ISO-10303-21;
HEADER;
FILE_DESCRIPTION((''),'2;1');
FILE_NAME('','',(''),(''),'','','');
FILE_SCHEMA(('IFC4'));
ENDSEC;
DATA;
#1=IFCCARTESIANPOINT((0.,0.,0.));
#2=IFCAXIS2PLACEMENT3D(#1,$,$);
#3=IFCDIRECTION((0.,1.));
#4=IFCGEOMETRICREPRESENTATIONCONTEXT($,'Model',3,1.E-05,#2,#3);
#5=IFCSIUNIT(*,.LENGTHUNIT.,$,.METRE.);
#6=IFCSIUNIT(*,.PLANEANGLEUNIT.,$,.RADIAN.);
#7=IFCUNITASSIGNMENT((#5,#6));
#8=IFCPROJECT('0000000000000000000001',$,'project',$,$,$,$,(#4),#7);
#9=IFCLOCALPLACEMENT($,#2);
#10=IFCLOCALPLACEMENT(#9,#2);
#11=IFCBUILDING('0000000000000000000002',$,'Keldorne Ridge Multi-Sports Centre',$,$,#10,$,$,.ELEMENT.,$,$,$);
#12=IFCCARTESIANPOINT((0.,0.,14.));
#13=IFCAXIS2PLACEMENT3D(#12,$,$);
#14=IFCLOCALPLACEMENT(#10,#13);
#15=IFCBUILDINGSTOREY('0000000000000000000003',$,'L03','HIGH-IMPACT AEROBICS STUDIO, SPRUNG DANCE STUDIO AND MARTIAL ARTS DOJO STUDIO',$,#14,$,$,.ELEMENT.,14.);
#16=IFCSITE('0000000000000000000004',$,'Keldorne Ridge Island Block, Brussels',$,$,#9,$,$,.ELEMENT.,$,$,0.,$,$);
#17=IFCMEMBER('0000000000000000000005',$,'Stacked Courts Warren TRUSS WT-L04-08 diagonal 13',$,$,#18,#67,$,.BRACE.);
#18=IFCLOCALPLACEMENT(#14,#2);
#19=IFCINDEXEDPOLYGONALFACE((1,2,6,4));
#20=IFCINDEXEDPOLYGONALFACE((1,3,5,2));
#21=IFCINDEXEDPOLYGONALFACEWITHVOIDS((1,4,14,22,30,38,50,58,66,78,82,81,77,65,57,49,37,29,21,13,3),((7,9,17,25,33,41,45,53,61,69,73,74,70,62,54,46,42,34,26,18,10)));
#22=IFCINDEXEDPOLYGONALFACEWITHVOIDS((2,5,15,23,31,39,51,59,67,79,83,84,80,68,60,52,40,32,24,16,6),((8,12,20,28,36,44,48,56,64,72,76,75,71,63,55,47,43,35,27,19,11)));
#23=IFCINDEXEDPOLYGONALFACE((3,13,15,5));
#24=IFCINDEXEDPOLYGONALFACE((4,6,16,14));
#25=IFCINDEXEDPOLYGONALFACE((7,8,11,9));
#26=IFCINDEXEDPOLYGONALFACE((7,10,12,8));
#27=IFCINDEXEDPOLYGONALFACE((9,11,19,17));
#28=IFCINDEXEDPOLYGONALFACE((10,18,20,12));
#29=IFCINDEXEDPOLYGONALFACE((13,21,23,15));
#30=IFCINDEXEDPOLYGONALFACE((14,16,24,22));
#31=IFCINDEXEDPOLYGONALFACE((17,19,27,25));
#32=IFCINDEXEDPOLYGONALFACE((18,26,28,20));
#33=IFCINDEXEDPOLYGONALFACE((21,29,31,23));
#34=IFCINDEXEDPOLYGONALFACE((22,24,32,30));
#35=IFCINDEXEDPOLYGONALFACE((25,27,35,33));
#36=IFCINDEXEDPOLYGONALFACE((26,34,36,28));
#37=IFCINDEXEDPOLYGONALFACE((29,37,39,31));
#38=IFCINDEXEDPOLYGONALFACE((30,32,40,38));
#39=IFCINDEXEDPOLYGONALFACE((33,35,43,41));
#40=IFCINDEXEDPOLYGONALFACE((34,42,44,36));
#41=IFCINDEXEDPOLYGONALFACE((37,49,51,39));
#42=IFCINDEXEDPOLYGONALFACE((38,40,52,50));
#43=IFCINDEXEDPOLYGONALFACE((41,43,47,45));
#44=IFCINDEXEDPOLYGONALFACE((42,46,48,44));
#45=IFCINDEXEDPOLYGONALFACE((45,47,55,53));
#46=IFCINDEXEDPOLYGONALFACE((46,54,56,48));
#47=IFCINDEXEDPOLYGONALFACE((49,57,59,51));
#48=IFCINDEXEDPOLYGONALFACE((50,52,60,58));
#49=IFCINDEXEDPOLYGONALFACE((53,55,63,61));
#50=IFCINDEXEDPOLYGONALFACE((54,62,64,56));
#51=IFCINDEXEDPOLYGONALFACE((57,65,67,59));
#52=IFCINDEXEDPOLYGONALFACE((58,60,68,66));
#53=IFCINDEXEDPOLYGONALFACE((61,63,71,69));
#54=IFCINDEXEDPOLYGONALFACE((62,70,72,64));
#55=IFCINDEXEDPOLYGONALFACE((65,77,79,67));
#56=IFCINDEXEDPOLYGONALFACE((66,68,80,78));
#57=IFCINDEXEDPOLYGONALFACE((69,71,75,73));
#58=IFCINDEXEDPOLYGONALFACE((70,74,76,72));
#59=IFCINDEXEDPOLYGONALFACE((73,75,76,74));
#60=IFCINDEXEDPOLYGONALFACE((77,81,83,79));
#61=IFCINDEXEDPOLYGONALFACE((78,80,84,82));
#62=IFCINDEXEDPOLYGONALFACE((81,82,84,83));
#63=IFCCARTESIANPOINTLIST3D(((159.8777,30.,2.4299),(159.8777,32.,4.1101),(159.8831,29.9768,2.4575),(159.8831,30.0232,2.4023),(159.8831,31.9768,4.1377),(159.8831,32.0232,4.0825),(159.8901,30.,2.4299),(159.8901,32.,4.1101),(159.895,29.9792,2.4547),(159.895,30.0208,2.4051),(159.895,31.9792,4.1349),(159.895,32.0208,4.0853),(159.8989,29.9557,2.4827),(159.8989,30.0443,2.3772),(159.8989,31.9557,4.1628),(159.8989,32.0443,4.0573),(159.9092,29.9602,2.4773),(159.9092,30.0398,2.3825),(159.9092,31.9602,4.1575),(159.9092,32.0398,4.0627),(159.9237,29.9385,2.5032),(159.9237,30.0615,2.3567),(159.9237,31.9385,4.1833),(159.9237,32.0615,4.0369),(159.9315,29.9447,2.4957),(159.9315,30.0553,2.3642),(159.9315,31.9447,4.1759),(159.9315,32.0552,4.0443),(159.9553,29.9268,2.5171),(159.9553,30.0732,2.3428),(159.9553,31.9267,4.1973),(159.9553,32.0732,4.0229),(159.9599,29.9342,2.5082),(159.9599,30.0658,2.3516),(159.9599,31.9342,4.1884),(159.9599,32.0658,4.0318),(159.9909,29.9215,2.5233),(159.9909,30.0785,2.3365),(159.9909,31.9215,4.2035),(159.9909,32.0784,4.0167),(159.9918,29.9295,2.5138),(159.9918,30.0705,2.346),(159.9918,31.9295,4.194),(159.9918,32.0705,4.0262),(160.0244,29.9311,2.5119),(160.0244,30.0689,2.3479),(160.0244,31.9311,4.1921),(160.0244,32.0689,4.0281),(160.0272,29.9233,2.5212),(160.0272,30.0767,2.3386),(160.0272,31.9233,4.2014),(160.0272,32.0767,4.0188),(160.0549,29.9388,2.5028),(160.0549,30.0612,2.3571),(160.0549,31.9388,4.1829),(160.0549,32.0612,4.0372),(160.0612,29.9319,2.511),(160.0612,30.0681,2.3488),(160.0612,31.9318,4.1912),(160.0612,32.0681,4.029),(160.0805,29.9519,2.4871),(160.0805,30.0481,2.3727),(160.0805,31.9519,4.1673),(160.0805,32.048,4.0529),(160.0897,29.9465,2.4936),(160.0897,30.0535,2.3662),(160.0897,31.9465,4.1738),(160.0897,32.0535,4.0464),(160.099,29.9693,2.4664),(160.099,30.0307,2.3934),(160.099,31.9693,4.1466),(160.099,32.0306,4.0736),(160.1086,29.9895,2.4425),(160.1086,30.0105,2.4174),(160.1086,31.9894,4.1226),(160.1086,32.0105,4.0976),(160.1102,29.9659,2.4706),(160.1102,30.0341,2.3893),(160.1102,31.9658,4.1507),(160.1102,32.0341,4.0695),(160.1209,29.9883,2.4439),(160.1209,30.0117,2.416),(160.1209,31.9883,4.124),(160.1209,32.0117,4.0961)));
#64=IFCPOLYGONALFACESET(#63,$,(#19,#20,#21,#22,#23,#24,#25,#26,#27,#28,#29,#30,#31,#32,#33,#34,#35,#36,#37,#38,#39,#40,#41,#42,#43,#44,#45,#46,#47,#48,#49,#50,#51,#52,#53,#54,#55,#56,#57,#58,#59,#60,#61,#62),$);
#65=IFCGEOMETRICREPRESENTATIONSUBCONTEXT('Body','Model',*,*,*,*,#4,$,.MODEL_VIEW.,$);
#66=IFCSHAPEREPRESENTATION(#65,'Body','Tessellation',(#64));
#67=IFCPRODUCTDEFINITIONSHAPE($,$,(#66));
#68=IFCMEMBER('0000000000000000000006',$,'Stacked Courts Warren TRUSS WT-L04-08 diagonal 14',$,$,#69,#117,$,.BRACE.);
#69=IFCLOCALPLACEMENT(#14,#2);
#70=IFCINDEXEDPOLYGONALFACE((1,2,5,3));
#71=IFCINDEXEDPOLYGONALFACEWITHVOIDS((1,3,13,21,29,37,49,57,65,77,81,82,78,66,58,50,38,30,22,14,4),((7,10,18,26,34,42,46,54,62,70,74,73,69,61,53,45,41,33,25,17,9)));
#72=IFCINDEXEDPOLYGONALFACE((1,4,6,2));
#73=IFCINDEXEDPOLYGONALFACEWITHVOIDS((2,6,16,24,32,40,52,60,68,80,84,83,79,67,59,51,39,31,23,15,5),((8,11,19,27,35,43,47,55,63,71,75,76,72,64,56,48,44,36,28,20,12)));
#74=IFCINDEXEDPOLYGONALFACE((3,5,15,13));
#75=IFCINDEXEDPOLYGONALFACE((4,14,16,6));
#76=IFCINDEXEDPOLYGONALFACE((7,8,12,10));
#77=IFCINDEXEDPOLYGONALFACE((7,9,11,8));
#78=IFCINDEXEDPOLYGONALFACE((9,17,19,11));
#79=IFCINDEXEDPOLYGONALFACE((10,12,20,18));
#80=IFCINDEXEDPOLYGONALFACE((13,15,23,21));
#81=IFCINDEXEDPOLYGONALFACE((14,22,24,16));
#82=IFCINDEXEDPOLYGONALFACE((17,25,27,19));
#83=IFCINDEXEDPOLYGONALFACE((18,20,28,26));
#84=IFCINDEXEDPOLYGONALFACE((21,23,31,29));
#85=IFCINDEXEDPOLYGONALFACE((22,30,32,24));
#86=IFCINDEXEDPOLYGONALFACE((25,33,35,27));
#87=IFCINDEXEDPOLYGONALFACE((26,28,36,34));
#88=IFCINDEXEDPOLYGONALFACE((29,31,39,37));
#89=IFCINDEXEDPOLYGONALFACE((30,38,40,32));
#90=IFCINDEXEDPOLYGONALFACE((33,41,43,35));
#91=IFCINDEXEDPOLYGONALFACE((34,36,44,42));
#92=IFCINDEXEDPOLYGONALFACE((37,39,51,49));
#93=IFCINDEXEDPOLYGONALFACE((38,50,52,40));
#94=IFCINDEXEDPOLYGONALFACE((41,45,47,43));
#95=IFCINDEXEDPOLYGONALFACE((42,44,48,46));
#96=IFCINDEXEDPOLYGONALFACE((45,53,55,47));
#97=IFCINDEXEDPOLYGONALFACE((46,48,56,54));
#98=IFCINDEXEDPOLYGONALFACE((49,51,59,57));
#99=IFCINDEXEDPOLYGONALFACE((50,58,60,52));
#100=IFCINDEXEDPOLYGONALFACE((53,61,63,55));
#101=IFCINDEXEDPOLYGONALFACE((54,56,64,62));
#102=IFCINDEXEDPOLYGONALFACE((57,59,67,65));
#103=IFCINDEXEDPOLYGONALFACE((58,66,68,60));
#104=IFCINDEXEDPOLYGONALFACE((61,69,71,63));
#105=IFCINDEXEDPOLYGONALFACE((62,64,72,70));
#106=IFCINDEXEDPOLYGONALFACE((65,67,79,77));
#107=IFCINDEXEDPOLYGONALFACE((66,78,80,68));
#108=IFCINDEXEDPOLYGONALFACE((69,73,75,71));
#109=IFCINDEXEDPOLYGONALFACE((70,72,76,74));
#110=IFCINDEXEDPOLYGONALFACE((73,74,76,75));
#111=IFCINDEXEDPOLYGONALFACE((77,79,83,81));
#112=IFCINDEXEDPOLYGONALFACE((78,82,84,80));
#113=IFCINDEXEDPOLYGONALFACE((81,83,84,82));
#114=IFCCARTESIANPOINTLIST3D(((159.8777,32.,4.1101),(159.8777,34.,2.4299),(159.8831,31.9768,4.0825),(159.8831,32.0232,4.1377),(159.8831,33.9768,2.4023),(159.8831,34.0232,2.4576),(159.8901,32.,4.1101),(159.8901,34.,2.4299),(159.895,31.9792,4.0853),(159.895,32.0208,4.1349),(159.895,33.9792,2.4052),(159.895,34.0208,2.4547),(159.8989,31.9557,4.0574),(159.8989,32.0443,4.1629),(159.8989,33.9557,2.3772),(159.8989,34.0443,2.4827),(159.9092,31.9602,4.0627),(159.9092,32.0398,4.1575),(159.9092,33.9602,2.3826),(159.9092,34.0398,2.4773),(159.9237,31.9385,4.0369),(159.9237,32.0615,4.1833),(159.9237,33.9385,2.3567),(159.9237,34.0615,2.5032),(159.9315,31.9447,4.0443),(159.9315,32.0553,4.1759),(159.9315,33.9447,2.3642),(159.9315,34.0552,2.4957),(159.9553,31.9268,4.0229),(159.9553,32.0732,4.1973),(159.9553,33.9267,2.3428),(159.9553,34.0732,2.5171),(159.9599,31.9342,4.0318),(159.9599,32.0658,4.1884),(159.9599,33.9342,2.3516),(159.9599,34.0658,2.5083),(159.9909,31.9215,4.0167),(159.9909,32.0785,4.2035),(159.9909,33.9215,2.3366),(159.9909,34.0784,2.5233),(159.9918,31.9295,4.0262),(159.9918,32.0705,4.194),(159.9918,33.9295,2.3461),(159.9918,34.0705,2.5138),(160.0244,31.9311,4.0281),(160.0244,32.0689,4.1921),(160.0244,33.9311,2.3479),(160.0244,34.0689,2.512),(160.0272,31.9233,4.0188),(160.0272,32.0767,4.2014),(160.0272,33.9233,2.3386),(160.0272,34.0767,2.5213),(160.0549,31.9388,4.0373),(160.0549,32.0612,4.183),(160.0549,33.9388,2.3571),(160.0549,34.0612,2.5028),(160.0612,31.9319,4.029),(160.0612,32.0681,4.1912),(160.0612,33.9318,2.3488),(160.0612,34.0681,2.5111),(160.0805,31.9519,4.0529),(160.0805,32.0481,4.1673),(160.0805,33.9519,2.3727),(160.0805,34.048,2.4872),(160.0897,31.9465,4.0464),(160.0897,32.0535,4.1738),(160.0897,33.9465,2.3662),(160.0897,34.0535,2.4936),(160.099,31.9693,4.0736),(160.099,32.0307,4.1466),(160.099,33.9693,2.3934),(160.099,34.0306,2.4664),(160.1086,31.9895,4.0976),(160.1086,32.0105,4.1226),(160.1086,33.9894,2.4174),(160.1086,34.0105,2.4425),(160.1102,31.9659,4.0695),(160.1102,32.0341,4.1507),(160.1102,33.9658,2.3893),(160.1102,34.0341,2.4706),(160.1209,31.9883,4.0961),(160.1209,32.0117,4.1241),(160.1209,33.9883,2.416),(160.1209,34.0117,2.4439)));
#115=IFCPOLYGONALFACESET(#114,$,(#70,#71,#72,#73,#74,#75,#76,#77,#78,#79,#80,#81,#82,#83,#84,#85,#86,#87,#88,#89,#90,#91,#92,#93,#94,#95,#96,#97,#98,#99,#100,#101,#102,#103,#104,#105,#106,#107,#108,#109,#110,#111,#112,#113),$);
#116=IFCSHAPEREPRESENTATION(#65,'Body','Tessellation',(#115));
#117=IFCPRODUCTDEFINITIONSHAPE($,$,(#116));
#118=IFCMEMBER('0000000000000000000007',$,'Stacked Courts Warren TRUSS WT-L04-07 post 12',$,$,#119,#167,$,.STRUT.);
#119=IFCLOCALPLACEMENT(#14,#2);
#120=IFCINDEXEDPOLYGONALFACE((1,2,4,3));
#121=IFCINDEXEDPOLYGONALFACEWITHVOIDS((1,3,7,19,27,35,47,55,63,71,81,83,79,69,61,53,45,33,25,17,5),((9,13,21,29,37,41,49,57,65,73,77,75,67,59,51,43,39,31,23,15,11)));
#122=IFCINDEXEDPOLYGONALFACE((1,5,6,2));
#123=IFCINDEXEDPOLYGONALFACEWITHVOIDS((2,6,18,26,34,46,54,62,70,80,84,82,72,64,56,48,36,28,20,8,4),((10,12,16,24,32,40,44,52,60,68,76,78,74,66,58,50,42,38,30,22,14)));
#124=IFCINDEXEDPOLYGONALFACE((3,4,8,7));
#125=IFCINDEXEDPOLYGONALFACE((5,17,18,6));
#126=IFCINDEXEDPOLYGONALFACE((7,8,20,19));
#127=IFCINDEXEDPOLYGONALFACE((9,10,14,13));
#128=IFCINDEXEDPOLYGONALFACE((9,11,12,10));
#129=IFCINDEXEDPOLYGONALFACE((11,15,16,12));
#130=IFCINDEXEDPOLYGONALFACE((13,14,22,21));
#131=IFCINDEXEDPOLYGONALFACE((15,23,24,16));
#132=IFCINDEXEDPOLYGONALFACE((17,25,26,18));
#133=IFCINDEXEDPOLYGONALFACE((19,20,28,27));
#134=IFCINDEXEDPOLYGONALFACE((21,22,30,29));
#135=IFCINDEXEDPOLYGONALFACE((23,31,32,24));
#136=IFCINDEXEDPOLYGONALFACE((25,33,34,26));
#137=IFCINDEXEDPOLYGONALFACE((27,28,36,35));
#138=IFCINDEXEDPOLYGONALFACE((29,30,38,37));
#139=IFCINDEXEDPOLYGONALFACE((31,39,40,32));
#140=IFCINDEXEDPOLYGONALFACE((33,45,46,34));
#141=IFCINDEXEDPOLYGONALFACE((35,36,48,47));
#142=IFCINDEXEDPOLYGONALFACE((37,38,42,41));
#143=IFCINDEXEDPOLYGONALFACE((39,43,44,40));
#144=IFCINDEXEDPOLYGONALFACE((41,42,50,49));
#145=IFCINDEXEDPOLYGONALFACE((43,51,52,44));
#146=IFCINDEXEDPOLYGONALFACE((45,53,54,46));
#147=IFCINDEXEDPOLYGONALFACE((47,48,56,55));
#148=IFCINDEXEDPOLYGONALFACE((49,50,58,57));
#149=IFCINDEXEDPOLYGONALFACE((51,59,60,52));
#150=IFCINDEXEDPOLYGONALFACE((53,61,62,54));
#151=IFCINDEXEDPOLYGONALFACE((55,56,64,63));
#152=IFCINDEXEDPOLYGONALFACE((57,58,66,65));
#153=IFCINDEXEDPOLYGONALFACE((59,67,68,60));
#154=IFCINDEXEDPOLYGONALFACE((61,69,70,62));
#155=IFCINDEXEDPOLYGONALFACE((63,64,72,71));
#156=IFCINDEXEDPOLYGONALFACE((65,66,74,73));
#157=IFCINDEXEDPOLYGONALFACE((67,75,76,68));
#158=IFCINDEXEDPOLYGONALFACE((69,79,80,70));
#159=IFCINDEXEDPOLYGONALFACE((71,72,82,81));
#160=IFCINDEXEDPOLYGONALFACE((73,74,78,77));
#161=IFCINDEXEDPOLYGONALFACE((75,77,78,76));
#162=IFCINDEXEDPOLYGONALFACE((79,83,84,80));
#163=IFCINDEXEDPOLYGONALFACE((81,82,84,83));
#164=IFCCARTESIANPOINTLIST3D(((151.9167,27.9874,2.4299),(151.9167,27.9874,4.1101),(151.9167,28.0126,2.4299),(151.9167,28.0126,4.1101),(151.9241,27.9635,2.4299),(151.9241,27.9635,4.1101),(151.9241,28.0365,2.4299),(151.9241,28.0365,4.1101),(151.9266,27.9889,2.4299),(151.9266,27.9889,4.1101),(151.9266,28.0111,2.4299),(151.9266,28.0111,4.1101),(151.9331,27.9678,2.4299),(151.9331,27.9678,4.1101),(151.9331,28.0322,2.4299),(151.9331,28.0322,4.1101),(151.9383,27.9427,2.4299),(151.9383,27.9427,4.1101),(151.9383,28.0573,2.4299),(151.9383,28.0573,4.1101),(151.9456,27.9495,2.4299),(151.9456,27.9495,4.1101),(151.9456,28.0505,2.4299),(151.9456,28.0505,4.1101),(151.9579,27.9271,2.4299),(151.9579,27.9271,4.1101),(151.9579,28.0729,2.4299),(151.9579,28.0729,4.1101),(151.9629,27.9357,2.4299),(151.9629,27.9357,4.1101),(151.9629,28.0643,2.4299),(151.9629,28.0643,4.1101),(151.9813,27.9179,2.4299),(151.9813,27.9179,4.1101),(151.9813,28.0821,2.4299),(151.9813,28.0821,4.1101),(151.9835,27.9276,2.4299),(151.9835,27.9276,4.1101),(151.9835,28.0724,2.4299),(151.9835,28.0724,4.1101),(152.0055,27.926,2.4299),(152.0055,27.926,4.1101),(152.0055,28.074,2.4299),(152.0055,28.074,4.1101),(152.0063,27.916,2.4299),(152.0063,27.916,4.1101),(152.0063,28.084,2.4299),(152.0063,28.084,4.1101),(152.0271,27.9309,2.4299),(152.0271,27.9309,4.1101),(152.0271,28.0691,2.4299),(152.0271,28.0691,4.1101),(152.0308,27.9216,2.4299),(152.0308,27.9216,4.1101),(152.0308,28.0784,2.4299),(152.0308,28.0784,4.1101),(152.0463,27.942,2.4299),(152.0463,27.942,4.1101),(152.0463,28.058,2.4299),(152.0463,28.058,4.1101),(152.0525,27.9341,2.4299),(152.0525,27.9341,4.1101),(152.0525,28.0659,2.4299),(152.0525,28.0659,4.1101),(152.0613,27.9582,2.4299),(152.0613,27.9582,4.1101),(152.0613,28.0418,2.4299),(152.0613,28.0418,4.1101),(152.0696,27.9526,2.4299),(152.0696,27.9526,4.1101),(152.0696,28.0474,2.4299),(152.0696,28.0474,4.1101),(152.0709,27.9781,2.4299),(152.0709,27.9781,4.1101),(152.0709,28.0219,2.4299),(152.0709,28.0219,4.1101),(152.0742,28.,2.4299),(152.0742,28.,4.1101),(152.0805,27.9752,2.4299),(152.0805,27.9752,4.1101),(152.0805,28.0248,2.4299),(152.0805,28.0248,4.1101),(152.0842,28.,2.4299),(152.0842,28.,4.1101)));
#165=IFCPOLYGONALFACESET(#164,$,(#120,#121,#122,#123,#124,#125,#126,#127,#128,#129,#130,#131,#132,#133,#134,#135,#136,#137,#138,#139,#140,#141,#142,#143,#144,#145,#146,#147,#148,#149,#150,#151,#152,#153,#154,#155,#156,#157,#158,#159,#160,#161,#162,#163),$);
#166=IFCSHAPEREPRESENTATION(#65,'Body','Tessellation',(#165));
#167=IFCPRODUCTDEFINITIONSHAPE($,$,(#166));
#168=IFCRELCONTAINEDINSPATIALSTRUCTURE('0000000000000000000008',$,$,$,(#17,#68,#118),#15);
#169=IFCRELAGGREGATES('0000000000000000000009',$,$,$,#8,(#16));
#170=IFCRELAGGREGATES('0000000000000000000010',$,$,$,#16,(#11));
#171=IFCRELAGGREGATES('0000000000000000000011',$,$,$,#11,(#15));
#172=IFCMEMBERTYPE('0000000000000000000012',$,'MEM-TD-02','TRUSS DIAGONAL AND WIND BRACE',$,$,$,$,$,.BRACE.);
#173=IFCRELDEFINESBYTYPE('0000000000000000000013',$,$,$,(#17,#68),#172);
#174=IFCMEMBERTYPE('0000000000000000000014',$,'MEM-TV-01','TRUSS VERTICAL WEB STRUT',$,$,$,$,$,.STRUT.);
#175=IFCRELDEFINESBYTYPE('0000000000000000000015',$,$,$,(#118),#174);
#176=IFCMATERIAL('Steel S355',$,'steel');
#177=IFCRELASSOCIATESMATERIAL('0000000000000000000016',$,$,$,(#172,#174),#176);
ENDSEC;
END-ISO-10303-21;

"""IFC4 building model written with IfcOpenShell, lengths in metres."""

from ifc_helpers import new_model, si_unit, direction, frame, origin, origin_2d, place, context, subcontext, project, spatial, hollow_circle, extrude, material, material_profile, profile_set, type_object, element, save


model = new_model("IFC4")

# Units and contexts
model_context = context("Model", 3, precision=1e-05, world=origin(), true_north=direction((0.0, 1.0)))
body_context = subcontext(model_context, "Body", "Model", "MODEL_VIEW")
ifc_project = project(units=[si_unit("LENGTHUNIT", "METRE"), si_unit("PLANEANGLEUNIT", "RADIAN")], contexts=[model_context])

# Site, building, storey
site_placement = place(None, origin())
site = spatial("IfcSite", under=ifc_project, at=site_placement, Name="Keldorne Ridge Island Block, Brussels", CompositionType="ELEMENT", RefElevation=0.0)
building_placement = place(site_placement, origin())
building = spatial("IfcBuilding", under=site, at=building_placement, Name="Keldorne Ridge Multi-Sports Centre", CompositionType="ELEMENT")
storey_placement = place(building_placement, frame((0.0, 0.0, 14.0)))
storey = spatial("IfcBuildingStorey", under=building, at=storey_placement, Name="L03", Description="HIGH-IMPACT AEROBICS STUDIO, SPRUNG DANCE STUDIO AND MARTIAL ARTS DOJO STUDIO", CompositionType="ELEMENT", Elevation=14.0)

# Members
ifc_material = material(Name="Steel S355", Category="steel")
ifc_material_profile_1 = material_profile(ifc_material, hollow_circle(Radius=0.1223, WallThickness=0.0125, at=origin_2d()), Name="CHS 244.5x12.5")
ifc_profile_set_1 = profile_set([ifc_material_profile_1], Name="Steel S355")
member_type_1 = type_object("IfcMemberType", Name="MEM-TD-02", Description="TRUSS DIAGONAL AND WIND BRACE", PredefinedType="BRACE", material=ifc_profile_set_1)
for number, where, z_axis, x_axis, name in (
    (1, (160.0, 30.0, 2.4299), (0.0, 0.765672, 0.643232), (-1.0, 0.0, 0.0), "Stacked Courts Warren TRUSS WT-L04-08 diagonal 13"),
    (2, (160.0, 32.0, 4.1101), (0.0, 0.765672, -0.643232), (-1.0, 0.0, 0.0), "Stacked Courts Warren TRUSS WT-L04-08 diagonal 14"),
):
    element("IfcMember", number, at=place(storey_placement, frame(where, z_axis=z_axis, x_axis=x_axis)), inside=storey, type_object=member_type_1, Name=name, PredefinedType="BRACE", context=body_context, shape_type="SweptSolid", body=[
        extrude(hollow_circle(Radius=0.1223, WallThickness=0.0125, at=origin_2d()), origin(), (0.0, 0.0, 1.0), 2.6121),
    ])
ifc_material_profile_2 = material_profile(ifc_material, hollow_circle(Radius=0.0842, WallThickness=0.01, at=origin_2d()), Name="CHS 168.3x10")
ifc_profile_set_2 = profile_set([ifc_material_profile_2], Name="Steel S355")
member_type_2 = type_object("IfcMemberType", Name="MEM-TV-01", Description="TRUSS VERTICAL WEB STRUT", PredefinedType="STRUT", material=ifc_profile_set_2)
for number, where, z_axis, x_axis, name in (
    (3, (152.0, 28.0, 2.4299), (0.0, 0.0, 1.0), (1.0, 0.0, 0.0), "Stacked Courts Warren TRUSS WT-L04-07 post 12"),
):
    element("IfcMember", number, at=place(storey_placement, frame(where, z_axis=z_axis, x_axis=x_axis)), inside=storey, type_object=member_type_2, Name=name, PredefinedType="STRUT", context=body_context, shape_type="SweptSolid", body=[
        extrude(hollow_circle(Radius=0.0842, WallThickness=0.01, at=origin_2d()), origin(), (0.0, 0.0, 1.0), 1.6802),
    ])

save(model, "model.ifc")
